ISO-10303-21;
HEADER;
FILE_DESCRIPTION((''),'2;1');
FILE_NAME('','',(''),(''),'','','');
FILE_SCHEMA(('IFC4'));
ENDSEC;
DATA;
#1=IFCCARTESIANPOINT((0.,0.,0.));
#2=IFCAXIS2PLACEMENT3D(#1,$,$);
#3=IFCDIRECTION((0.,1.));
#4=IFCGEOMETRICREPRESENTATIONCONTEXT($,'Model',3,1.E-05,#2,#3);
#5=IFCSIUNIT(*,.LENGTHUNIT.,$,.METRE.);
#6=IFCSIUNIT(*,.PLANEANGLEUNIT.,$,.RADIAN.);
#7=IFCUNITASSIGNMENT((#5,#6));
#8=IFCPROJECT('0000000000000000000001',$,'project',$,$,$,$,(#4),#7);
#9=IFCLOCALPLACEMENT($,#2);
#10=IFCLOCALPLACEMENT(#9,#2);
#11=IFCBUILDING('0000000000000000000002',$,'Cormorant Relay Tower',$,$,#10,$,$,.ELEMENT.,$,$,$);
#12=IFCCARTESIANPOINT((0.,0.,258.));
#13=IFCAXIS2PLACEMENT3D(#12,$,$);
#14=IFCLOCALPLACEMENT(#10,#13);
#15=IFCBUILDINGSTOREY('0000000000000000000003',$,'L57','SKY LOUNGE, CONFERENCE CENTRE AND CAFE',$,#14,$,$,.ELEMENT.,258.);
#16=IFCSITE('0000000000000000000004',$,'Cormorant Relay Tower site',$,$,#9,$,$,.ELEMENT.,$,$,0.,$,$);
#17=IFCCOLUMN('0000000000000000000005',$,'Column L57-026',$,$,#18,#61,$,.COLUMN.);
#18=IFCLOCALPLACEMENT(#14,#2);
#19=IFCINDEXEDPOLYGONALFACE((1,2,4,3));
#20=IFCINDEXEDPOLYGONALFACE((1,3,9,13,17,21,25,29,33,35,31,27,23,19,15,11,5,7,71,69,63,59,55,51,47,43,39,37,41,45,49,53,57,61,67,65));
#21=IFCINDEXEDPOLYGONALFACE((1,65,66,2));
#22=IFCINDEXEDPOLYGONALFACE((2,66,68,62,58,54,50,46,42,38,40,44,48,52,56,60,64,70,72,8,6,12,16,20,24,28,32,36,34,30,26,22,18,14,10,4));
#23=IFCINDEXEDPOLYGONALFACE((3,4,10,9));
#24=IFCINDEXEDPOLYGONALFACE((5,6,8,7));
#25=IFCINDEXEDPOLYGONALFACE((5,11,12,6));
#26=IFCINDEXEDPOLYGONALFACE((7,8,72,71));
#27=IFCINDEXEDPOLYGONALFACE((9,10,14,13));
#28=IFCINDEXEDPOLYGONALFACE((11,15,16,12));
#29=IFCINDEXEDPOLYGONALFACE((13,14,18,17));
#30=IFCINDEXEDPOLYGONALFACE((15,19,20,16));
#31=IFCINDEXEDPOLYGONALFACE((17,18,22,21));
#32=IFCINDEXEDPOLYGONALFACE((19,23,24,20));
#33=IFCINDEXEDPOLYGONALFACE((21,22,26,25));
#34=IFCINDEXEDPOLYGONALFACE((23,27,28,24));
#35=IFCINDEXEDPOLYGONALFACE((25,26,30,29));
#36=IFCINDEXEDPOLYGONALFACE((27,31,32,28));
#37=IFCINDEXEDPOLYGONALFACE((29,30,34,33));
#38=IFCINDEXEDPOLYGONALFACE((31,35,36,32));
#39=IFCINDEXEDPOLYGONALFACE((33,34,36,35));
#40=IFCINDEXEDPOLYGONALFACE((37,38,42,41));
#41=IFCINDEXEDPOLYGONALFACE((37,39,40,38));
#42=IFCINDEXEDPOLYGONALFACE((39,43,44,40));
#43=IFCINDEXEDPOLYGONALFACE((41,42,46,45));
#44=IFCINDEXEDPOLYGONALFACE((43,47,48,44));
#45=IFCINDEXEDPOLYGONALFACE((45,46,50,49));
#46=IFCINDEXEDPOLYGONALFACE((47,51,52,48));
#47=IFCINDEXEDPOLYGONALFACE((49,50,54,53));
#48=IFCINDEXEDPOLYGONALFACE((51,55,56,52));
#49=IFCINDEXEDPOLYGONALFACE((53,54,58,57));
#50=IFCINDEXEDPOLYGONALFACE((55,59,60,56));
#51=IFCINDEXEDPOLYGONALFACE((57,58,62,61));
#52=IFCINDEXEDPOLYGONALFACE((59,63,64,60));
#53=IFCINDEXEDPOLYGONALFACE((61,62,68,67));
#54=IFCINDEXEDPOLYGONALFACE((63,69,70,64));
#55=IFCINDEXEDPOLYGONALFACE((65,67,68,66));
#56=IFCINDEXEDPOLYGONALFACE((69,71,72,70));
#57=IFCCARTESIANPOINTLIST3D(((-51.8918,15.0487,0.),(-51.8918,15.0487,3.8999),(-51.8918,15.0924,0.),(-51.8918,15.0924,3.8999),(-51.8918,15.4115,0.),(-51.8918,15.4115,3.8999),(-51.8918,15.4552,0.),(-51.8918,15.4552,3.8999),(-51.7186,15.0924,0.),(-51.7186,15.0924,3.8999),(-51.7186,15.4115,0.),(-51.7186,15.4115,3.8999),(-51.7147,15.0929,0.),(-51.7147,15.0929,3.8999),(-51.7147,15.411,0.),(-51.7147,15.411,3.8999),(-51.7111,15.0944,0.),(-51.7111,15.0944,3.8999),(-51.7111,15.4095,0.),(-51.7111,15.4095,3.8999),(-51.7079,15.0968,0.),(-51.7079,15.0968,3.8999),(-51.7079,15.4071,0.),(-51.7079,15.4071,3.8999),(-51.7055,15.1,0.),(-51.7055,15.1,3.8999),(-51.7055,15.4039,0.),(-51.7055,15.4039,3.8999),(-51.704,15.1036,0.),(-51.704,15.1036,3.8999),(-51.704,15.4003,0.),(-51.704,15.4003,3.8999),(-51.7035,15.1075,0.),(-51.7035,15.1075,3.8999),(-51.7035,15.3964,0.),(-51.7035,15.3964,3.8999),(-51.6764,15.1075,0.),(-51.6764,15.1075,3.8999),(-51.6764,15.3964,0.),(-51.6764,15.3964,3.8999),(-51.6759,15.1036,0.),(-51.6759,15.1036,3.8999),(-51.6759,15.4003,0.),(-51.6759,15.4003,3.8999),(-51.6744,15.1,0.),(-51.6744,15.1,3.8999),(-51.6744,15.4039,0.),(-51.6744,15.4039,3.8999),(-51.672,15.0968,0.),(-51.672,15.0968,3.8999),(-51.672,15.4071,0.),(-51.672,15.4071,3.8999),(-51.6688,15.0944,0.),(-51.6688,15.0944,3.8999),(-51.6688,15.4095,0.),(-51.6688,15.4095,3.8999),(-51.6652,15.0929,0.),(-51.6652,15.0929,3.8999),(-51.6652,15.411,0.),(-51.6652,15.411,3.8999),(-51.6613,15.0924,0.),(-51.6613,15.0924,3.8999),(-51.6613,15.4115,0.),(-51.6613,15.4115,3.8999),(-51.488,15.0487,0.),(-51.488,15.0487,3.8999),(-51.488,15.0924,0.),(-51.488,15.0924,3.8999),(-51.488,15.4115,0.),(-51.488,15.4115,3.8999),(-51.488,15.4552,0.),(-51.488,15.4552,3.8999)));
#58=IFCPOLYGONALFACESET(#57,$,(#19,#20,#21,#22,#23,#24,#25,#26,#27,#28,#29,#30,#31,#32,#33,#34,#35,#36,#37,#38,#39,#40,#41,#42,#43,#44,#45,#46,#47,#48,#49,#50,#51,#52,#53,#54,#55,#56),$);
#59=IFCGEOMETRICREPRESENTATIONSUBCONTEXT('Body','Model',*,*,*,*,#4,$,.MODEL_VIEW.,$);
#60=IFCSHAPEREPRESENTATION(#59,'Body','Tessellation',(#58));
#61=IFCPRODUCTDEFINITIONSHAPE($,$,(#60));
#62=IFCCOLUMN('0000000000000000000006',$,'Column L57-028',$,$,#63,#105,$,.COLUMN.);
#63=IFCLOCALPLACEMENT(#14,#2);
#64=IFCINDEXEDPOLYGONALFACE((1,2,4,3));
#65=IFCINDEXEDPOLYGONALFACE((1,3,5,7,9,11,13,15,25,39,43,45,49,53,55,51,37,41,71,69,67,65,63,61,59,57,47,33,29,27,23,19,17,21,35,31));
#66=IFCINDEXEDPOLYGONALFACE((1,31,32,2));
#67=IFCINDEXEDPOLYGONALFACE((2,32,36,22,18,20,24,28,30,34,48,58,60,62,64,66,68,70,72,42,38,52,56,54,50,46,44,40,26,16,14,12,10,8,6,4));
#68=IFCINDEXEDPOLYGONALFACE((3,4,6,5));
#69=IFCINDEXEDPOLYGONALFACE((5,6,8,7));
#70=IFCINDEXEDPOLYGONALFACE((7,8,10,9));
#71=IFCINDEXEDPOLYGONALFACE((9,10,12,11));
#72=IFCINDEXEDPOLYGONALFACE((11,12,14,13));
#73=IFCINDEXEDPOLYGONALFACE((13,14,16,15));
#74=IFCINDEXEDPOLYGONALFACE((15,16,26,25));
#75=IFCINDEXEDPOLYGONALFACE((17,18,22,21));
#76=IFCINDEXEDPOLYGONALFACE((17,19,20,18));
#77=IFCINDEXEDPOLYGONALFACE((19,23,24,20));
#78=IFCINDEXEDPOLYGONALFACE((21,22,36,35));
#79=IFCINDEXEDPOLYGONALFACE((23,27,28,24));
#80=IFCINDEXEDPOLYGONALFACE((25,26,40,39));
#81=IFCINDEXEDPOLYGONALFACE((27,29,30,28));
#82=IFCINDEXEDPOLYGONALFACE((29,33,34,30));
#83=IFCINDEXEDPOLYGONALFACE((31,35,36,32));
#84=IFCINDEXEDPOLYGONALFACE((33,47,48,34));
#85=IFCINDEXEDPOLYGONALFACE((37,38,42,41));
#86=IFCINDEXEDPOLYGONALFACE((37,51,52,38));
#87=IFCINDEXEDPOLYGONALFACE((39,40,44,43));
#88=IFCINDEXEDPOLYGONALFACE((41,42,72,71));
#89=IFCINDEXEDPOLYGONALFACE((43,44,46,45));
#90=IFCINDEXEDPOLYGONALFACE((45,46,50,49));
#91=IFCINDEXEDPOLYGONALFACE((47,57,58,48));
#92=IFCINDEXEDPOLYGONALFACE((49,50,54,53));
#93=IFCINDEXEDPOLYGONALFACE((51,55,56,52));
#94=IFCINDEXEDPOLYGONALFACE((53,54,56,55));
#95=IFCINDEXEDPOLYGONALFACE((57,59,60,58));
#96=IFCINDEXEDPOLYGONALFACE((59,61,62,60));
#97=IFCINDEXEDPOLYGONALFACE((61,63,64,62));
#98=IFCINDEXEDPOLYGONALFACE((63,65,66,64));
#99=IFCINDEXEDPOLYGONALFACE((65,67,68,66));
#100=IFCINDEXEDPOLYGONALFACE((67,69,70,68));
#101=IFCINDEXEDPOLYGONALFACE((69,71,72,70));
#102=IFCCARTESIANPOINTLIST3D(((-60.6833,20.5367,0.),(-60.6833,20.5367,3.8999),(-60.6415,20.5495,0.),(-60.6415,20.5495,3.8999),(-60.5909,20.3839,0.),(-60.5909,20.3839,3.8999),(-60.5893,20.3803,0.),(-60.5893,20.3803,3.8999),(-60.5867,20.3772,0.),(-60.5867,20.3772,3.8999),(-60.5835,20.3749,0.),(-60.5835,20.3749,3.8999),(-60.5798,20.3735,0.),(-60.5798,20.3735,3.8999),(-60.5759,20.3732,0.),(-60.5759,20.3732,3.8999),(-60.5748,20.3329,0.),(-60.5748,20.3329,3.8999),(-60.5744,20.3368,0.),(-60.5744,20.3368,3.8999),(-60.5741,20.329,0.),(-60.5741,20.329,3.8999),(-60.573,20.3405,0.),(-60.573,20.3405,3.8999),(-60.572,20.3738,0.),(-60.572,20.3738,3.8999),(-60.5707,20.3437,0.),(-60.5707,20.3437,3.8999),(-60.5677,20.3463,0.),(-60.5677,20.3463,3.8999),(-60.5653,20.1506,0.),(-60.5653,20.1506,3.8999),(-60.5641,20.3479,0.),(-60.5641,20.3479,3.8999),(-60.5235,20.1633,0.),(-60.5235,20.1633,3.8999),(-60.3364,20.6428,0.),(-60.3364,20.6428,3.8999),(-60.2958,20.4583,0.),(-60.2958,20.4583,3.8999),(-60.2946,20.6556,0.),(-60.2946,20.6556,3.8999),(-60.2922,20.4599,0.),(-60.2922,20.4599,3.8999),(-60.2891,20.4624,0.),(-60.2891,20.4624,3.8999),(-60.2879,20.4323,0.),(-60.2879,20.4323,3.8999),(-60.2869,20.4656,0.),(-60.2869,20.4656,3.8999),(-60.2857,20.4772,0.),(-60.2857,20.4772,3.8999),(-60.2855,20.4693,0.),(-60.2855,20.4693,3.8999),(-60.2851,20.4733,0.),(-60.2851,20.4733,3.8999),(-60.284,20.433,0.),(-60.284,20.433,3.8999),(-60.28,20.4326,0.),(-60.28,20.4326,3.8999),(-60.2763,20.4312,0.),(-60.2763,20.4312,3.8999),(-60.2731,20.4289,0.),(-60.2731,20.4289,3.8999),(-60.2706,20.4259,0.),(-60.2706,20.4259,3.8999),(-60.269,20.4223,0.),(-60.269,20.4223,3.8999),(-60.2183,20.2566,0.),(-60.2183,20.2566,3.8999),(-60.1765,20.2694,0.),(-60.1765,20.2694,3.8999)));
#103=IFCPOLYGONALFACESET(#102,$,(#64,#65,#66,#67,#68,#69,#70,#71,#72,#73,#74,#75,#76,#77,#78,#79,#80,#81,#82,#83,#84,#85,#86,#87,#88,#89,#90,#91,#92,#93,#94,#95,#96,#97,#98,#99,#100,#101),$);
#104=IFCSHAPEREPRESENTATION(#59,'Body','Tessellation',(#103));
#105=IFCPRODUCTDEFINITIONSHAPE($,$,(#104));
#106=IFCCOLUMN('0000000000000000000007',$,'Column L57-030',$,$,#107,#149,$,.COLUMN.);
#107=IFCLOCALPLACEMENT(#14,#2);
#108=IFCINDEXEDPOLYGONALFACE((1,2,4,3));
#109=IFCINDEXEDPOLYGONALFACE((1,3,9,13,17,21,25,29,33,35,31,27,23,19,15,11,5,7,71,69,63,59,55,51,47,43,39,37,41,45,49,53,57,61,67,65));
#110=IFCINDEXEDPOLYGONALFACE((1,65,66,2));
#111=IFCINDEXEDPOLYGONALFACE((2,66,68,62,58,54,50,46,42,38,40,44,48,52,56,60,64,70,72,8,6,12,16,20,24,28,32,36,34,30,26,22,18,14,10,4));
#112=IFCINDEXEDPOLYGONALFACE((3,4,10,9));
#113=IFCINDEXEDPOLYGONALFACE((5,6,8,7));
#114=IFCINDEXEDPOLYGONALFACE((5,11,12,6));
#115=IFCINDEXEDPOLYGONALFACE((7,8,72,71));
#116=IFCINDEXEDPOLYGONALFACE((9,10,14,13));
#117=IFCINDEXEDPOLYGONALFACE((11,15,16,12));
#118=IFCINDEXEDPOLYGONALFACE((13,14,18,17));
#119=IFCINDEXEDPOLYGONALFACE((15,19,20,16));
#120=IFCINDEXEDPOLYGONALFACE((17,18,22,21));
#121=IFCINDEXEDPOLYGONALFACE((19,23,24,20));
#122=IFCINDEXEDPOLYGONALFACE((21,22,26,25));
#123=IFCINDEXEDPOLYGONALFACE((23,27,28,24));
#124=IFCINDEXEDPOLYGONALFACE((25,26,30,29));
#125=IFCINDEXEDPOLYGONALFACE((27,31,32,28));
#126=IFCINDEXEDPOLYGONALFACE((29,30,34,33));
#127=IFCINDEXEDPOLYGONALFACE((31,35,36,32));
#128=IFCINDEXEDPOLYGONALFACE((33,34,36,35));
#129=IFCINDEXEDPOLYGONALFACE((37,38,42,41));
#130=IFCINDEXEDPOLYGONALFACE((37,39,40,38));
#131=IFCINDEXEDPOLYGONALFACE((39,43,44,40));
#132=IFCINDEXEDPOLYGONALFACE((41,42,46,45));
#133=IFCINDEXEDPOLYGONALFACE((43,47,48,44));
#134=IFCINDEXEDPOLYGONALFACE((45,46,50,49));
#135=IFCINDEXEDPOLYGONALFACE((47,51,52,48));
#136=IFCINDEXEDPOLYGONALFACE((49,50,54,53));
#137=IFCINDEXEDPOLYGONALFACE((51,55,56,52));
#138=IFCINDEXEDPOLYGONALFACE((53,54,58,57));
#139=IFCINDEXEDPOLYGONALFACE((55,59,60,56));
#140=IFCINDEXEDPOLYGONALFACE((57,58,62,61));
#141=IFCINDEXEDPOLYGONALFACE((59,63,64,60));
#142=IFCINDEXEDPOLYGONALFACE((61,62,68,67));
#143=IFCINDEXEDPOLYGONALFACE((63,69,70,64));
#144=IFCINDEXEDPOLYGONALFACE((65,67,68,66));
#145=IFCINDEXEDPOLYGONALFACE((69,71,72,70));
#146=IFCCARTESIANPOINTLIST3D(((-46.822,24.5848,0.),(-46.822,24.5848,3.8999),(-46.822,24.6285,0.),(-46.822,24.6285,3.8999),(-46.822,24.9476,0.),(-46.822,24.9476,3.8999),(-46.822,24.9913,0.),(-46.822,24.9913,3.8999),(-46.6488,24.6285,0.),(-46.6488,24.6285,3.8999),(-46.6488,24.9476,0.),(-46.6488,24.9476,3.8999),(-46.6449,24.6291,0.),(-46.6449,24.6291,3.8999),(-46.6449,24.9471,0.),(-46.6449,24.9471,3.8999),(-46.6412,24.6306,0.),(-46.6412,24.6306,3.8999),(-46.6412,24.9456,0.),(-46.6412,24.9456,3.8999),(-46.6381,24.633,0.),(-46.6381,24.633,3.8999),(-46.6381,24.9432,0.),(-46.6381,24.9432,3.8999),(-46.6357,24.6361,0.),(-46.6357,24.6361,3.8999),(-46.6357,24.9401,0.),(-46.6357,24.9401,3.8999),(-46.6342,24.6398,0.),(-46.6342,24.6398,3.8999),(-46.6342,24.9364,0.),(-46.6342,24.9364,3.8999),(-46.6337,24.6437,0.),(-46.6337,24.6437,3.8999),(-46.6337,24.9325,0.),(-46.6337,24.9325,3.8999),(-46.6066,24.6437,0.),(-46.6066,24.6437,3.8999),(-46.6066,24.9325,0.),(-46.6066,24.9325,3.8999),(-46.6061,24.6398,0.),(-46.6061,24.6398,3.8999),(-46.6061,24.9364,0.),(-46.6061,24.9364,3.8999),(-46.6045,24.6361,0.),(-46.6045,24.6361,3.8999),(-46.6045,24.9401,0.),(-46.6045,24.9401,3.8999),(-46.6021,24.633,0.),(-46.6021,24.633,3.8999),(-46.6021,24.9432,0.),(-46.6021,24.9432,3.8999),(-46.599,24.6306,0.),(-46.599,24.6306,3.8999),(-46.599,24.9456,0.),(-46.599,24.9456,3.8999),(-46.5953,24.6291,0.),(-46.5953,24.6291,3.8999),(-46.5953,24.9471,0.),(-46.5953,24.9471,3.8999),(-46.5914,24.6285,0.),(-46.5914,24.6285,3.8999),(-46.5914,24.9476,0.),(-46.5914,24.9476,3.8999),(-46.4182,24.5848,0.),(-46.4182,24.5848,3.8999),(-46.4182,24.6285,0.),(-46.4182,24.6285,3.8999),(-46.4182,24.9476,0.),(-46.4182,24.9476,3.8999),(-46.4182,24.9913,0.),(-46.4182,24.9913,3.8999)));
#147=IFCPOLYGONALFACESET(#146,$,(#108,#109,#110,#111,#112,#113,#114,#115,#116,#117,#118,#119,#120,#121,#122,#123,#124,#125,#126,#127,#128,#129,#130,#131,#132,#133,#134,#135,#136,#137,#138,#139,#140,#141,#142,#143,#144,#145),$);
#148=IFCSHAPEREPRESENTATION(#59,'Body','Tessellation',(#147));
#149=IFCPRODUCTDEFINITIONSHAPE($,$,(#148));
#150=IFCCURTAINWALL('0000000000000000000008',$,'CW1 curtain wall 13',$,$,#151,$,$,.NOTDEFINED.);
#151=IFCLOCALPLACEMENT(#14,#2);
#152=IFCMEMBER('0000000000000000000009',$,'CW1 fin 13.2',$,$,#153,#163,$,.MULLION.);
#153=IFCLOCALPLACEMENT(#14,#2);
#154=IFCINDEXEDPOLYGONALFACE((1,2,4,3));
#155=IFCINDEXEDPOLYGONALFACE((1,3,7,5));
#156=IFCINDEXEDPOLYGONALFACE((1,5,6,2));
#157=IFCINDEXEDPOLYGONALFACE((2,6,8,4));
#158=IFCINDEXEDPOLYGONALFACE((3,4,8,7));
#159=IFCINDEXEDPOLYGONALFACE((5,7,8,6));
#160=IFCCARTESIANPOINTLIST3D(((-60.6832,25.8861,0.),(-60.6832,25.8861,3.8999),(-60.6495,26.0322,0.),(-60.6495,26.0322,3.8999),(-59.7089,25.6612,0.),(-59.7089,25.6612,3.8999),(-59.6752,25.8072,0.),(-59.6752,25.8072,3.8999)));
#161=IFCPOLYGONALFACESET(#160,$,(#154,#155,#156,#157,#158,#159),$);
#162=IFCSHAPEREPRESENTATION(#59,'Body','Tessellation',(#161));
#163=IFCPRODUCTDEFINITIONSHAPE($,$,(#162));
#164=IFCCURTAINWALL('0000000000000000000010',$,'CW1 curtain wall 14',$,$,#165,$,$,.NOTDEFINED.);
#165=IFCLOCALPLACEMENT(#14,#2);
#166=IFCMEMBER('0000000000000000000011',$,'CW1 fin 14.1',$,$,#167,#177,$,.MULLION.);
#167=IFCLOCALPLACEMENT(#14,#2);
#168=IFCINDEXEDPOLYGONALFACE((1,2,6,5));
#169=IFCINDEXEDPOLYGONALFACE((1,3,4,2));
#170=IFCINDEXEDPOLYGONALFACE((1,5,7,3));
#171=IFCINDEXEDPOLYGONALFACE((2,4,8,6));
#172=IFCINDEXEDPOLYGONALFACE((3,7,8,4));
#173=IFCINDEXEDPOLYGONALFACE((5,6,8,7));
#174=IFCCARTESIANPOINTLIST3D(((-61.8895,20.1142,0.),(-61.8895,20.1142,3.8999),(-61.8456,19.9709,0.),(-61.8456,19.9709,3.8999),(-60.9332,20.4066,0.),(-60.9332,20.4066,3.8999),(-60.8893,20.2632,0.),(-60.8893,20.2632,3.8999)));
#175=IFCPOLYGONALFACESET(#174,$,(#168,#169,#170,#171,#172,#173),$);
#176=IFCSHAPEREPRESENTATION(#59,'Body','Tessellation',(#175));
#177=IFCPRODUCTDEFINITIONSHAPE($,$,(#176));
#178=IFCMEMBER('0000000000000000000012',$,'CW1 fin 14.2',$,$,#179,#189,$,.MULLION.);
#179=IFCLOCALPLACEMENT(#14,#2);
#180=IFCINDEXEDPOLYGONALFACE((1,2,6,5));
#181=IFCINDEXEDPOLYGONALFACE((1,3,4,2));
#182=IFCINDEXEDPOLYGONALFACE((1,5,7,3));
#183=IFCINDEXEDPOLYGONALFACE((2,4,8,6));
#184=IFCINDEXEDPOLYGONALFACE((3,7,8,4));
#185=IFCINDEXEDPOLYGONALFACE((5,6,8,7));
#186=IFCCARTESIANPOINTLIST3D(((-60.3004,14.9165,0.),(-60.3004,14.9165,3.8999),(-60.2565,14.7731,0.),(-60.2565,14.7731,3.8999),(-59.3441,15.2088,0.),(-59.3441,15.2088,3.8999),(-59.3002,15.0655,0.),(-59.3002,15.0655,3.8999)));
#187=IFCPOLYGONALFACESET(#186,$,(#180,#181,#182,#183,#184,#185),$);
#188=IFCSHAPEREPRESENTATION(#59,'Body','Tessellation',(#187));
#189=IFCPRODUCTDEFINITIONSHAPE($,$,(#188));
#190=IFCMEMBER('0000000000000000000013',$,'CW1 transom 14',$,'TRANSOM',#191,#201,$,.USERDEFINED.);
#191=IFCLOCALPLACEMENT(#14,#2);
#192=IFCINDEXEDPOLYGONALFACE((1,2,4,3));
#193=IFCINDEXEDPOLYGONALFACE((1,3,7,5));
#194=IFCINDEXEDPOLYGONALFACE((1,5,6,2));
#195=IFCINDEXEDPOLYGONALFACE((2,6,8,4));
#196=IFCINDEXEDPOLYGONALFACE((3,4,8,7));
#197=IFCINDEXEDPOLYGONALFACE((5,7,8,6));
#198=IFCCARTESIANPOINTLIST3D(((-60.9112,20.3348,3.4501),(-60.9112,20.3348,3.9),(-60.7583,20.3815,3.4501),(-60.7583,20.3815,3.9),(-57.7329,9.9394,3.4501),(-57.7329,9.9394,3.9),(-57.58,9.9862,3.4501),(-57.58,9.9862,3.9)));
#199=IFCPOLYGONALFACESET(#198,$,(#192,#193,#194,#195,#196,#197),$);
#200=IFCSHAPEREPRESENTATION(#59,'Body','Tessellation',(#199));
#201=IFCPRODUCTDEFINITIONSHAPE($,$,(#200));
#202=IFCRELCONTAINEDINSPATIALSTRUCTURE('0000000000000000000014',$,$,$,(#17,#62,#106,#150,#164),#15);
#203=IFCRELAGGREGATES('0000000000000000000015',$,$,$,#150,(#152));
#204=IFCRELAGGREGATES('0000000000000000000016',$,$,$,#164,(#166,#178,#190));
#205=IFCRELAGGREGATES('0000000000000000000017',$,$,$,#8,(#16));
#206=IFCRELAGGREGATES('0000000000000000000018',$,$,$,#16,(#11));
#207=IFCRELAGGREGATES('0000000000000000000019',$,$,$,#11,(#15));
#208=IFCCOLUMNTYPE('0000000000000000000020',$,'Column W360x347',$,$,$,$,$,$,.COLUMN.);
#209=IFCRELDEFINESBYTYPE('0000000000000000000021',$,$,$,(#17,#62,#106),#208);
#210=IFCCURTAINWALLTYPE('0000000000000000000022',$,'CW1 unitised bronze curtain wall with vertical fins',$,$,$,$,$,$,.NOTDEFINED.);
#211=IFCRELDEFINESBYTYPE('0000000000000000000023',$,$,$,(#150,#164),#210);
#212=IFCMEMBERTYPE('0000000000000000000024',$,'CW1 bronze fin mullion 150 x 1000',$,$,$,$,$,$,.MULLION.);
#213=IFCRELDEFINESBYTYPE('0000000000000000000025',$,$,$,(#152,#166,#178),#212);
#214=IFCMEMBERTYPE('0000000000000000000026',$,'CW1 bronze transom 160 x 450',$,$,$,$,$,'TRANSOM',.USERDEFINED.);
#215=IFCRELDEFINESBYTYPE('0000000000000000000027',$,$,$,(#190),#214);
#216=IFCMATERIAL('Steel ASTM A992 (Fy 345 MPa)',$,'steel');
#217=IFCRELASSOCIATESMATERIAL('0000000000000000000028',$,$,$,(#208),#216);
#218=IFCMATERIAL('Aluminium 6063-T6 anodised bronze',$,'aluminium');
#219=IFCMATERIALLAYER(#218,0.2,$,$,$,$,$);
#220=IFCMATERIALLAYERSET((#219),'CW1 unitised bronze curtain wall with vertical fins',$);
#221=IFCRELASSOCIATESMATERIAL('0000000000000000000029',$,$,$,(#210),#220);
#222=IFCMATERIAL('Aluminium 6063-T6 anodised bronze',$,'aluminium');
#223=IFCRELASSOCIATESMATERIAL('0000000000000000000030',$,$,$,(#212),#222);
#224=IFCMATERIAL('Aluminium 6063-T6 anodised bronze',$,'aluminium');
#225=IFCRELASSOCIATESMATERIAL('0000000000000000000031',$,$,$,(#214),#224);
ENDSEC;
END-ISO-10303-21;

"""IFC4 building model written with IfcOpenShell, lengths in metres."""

from ifc_helpers import new_model, si_unit, direction, frame, origin, origin_2d, place, context, subcontext, project, spatial, rectangle, i_section, extrude, material, layer, layer_set, material_profile, profile_set, type_object, element, aggregate, save


model = new_model("IFC4")

# Units and contexts
model_context = context("Model", 3, precision=1e-05, world=origin(), true_north=direction((0.0, 1.0)))
body_context = subcontext(model_context, "Body", "Model", "MODEL_VIEW")
ifc_project = project(units=[si_unit("LENGTHUNIT", "METRE"), si_unit("PLANEANGLEUNIT", "RADIAN")], contexts=[model_context])

# Site, building, storey
site_placement = place(None, origin())
site = spatial("IfcSite", under=ifc_project, at=site_placement, Name="Cormorant Relay Tower site", CompositionType="ELEMENT", RefElevation=0.0)
building_placement = place(site_placement, origin())
building = spatial("IfcBuilding", under=site, at=building_placement, Name="Cormorant Relay Tower", CompositionType="ELEMENT")
storey_placement = place(building_placement, frame((0.0, 0.0, 258.0)))
storey = spatial("IfcBuildingStorey", under=building, at=storey_placement, Name="L57", Description="SKY LOUNGE, CONFERENCE CENTRE AND CAFE", CompositionType="ELEMENT", Elevation=258.0)

# Columns
ifc_material_1 = material(Name="Steel ASTM A992 (Fy 345 MPa)", Category="steel")
ifc_material_profile_1 = material_profile(ifc_material_1, i_section(OverallWidth=0.4038, OverallDepth=0.4065, WebThickness=0.0271, FlangeThickness=0.0437, FilletRadius=0.0151, at=origin_2d()), Name="W360x347")
ifc_profile_set_1 = profile_set([ifc_material_profile_1], Name="Steel ASTM A992 (Fy 345 MPa)")
column_type = type_object("IfcColumnType", Name="Column W360x347", PredefinedType="COLUMN", material=ifc_profile_set_1)
for number, where, z_axis, x_axis, name in (
    (1, (-51.6899, 15.252, 0.0), (0.0, 0.0, 1.0), (1.0, 0.0, 0.0), "Column L57-026"),
    (2, (-60.4299, 20.4031, 0.0), (0.0, 0.0, 1.0), (0.292372, -0.956305, 0.0), "Column L57-028"),
    (3, (-46.6201, 24.7881, 0.0), (0.0, 0.0, 1.0), (1.0, 0.0, 0.0), "Column L57-030"),
):
    element("IfcColumn", number, at=place(storey_placement, frame(where, z_axis=z_axis, x_axis=x_axis)), inside=storey, type_object=column_type, Name=name, PredefinedType="COLUMN", context=body_context, shape_type="SweptSolid", body=[
        extrude(i_section(OverallWidth=0.4038, OverallDepth=0.4065, WebThickness=0.0271, FlangeThickness=0.0437, FilletRadius=0.0151, at=origin_2d()), origin(), (0.0, 0.0, 1.0), 3.8999),
    ])

# Curtain wall, member
ifc_material_2 = material(Name="Aluminium 6063-T6 anodised bronze", Category="aluminium")
ifc_layer_1 = layer(ifc_material_2, 0.2)
ifc_layer_set_1 = layer_set([ifc_layer_1], Name="CW1 unitised bronze curtain wall with vertical fins")
curtain_wall_type = type_object("IfcCurtainWallType", Name="CW1 unitised bronze curtain wall with vertical fins", PredefinedType="NOTDEFINED", material=ifc_layer_set_1)
curtain_wall_1_placement = place(storey_placement, origin())
curtain_wall_1 = element("IfcCurtainWall", 4, at=curtain_wall_1_placement, inside=storey, type_object=curtain_wall_type, Name="CW1 curtain wall 13", PredefinedType="NOTDEFINED")
ifc_material_3 = material(Name="Aluminium 6063-T6 anodised bronze", Category="aluminium")
ifc_material_profile_2 = material_profile(ifc_material_3, rectangle(XDim=0.1499, YDim=1.0, at=origin_2d()), Name="AL 150x1000")
ifc_profile_set_2 = profile_set([ifc_material_profile_2], Name="Aluminium 6063-T6 anodised bronze")
member_type_1 = type_object("IfcMemberType", Name="CW1 bronze fin mullion 150 x 1000", PredefinedType="MULLION", material=ifc_profile_set_2)
member_1_placement = place(storey_placement, frame((-60.1792, 25.8467, 0.0), z_axis=(0.0, 0.0, 1.0), x_axis=(-0.224951, -0.97437, 0.0)))
member_1 = element("IfcMember", 5, at=member_1_placement, type_object=member_type_1, Name="CW1 fin 13.2", PredefinedType="MULLION", context=body_context, shape_type="SweptSolid", body=[
    extrude(rectangle(XDim=0.1499, YDim=1.0, at=origin_2d()), origin(), (0.0, 0.0, 1.0), 3.8999),
])

# Curtain wall, members
curtain_wall_2_placement = place(storey_placement, origin())
curtain_wall_2 = element("IfcCurtainWall", 6, at=curtain_wall_2_placement, inside=storey, type_object=curtain_wall_type, Name="CW1 curtain wall 14", PredefinedType="NOTDEFINED")
member_2_placement = place(storey_placement, frame((-61.3894, 20.1887, 0.0), z_axis=(0.0, 0.0, 1.0), x_axis=(0.292372, -0.956305, 0.0)))
member_2 = element("IfcMember", 7, at=member_2_placement, type_object=member_type_1, Name="CW1 fin 14.1", PredefinedType="MULLION", context=body_context, shape_type="SweptSolid", body=[
    extrude(rectangle(XDim=0.1499, YDim=1.0, at=origin_2d()), origin(), (0.0, 0.0, 1.0), 3.8999),
])
member_3_placement = place(storey_placement, frame((-59.8003, 14.991, 0.0), z_axis=(0.0, 0.0, 1.0), x_axis=(0.292372, -0.956305, 0.0)))
member_3 = element("IfcMember", 8, at=member_3_placement, type_object=member_type_1, Name="CW1 fin 14.2", PredefinedType="MULLION", context=body_context, shape_type="SweptSolid", body=[
    extrude(rectangle(XDim=0.1499, YDim=1.0, at=origin_2d()), origin(), (0.0, 0.0, 1.0), 3.8999),
])
ifc_material_4 = material(Name="Aluminium 6063-T6 anodised bronze", Category="aluminium")
ifc_material_profile_3 = material_profile(ifc_material_4, rectangle(XDim=0.1599, YDim=0.45, at=origin_2d()), Name="AL 160x450")
ifc_profile_set_3 = profile_set([ifc_material_profile_3], Name="Aluminium 6063-T6 anodised bronze")
member_type_2 = type_object("IfcMemberType", Name="CW1 bronze transom 160 x 450", ElementType="TRANSOM", PredefinedType="USERDEFINED", material=ifc_profile_set_3)
member_4_placement = place(storey_placement, frame((-60.8347, 20.3582, 3.675), z_axis=(0.292378, -0.956303, 0.0), x_axis=(0.956303, 0.292378, 0.0)))
member_4 = element("IfcMember", 9, at=member_4_placement, type_object=member_type_2, Name="CW1 transom 14", ObjectType="TRANSOM", PredefinedType="USERDEFINED", context=body_context, shape_type="SweptSolid", body=[
    extrude(rectangle(XDim=0.1599, YDim=0.45, at=origin_2d()), origin(), (0.0, 0.0, 1.0), 10.8704),
])

aggregate(curtain_wall_1, [member_1])
aggregate(curtain_wall_2, [member_2, member_3, member_4])

save(model, "model.ifc")
